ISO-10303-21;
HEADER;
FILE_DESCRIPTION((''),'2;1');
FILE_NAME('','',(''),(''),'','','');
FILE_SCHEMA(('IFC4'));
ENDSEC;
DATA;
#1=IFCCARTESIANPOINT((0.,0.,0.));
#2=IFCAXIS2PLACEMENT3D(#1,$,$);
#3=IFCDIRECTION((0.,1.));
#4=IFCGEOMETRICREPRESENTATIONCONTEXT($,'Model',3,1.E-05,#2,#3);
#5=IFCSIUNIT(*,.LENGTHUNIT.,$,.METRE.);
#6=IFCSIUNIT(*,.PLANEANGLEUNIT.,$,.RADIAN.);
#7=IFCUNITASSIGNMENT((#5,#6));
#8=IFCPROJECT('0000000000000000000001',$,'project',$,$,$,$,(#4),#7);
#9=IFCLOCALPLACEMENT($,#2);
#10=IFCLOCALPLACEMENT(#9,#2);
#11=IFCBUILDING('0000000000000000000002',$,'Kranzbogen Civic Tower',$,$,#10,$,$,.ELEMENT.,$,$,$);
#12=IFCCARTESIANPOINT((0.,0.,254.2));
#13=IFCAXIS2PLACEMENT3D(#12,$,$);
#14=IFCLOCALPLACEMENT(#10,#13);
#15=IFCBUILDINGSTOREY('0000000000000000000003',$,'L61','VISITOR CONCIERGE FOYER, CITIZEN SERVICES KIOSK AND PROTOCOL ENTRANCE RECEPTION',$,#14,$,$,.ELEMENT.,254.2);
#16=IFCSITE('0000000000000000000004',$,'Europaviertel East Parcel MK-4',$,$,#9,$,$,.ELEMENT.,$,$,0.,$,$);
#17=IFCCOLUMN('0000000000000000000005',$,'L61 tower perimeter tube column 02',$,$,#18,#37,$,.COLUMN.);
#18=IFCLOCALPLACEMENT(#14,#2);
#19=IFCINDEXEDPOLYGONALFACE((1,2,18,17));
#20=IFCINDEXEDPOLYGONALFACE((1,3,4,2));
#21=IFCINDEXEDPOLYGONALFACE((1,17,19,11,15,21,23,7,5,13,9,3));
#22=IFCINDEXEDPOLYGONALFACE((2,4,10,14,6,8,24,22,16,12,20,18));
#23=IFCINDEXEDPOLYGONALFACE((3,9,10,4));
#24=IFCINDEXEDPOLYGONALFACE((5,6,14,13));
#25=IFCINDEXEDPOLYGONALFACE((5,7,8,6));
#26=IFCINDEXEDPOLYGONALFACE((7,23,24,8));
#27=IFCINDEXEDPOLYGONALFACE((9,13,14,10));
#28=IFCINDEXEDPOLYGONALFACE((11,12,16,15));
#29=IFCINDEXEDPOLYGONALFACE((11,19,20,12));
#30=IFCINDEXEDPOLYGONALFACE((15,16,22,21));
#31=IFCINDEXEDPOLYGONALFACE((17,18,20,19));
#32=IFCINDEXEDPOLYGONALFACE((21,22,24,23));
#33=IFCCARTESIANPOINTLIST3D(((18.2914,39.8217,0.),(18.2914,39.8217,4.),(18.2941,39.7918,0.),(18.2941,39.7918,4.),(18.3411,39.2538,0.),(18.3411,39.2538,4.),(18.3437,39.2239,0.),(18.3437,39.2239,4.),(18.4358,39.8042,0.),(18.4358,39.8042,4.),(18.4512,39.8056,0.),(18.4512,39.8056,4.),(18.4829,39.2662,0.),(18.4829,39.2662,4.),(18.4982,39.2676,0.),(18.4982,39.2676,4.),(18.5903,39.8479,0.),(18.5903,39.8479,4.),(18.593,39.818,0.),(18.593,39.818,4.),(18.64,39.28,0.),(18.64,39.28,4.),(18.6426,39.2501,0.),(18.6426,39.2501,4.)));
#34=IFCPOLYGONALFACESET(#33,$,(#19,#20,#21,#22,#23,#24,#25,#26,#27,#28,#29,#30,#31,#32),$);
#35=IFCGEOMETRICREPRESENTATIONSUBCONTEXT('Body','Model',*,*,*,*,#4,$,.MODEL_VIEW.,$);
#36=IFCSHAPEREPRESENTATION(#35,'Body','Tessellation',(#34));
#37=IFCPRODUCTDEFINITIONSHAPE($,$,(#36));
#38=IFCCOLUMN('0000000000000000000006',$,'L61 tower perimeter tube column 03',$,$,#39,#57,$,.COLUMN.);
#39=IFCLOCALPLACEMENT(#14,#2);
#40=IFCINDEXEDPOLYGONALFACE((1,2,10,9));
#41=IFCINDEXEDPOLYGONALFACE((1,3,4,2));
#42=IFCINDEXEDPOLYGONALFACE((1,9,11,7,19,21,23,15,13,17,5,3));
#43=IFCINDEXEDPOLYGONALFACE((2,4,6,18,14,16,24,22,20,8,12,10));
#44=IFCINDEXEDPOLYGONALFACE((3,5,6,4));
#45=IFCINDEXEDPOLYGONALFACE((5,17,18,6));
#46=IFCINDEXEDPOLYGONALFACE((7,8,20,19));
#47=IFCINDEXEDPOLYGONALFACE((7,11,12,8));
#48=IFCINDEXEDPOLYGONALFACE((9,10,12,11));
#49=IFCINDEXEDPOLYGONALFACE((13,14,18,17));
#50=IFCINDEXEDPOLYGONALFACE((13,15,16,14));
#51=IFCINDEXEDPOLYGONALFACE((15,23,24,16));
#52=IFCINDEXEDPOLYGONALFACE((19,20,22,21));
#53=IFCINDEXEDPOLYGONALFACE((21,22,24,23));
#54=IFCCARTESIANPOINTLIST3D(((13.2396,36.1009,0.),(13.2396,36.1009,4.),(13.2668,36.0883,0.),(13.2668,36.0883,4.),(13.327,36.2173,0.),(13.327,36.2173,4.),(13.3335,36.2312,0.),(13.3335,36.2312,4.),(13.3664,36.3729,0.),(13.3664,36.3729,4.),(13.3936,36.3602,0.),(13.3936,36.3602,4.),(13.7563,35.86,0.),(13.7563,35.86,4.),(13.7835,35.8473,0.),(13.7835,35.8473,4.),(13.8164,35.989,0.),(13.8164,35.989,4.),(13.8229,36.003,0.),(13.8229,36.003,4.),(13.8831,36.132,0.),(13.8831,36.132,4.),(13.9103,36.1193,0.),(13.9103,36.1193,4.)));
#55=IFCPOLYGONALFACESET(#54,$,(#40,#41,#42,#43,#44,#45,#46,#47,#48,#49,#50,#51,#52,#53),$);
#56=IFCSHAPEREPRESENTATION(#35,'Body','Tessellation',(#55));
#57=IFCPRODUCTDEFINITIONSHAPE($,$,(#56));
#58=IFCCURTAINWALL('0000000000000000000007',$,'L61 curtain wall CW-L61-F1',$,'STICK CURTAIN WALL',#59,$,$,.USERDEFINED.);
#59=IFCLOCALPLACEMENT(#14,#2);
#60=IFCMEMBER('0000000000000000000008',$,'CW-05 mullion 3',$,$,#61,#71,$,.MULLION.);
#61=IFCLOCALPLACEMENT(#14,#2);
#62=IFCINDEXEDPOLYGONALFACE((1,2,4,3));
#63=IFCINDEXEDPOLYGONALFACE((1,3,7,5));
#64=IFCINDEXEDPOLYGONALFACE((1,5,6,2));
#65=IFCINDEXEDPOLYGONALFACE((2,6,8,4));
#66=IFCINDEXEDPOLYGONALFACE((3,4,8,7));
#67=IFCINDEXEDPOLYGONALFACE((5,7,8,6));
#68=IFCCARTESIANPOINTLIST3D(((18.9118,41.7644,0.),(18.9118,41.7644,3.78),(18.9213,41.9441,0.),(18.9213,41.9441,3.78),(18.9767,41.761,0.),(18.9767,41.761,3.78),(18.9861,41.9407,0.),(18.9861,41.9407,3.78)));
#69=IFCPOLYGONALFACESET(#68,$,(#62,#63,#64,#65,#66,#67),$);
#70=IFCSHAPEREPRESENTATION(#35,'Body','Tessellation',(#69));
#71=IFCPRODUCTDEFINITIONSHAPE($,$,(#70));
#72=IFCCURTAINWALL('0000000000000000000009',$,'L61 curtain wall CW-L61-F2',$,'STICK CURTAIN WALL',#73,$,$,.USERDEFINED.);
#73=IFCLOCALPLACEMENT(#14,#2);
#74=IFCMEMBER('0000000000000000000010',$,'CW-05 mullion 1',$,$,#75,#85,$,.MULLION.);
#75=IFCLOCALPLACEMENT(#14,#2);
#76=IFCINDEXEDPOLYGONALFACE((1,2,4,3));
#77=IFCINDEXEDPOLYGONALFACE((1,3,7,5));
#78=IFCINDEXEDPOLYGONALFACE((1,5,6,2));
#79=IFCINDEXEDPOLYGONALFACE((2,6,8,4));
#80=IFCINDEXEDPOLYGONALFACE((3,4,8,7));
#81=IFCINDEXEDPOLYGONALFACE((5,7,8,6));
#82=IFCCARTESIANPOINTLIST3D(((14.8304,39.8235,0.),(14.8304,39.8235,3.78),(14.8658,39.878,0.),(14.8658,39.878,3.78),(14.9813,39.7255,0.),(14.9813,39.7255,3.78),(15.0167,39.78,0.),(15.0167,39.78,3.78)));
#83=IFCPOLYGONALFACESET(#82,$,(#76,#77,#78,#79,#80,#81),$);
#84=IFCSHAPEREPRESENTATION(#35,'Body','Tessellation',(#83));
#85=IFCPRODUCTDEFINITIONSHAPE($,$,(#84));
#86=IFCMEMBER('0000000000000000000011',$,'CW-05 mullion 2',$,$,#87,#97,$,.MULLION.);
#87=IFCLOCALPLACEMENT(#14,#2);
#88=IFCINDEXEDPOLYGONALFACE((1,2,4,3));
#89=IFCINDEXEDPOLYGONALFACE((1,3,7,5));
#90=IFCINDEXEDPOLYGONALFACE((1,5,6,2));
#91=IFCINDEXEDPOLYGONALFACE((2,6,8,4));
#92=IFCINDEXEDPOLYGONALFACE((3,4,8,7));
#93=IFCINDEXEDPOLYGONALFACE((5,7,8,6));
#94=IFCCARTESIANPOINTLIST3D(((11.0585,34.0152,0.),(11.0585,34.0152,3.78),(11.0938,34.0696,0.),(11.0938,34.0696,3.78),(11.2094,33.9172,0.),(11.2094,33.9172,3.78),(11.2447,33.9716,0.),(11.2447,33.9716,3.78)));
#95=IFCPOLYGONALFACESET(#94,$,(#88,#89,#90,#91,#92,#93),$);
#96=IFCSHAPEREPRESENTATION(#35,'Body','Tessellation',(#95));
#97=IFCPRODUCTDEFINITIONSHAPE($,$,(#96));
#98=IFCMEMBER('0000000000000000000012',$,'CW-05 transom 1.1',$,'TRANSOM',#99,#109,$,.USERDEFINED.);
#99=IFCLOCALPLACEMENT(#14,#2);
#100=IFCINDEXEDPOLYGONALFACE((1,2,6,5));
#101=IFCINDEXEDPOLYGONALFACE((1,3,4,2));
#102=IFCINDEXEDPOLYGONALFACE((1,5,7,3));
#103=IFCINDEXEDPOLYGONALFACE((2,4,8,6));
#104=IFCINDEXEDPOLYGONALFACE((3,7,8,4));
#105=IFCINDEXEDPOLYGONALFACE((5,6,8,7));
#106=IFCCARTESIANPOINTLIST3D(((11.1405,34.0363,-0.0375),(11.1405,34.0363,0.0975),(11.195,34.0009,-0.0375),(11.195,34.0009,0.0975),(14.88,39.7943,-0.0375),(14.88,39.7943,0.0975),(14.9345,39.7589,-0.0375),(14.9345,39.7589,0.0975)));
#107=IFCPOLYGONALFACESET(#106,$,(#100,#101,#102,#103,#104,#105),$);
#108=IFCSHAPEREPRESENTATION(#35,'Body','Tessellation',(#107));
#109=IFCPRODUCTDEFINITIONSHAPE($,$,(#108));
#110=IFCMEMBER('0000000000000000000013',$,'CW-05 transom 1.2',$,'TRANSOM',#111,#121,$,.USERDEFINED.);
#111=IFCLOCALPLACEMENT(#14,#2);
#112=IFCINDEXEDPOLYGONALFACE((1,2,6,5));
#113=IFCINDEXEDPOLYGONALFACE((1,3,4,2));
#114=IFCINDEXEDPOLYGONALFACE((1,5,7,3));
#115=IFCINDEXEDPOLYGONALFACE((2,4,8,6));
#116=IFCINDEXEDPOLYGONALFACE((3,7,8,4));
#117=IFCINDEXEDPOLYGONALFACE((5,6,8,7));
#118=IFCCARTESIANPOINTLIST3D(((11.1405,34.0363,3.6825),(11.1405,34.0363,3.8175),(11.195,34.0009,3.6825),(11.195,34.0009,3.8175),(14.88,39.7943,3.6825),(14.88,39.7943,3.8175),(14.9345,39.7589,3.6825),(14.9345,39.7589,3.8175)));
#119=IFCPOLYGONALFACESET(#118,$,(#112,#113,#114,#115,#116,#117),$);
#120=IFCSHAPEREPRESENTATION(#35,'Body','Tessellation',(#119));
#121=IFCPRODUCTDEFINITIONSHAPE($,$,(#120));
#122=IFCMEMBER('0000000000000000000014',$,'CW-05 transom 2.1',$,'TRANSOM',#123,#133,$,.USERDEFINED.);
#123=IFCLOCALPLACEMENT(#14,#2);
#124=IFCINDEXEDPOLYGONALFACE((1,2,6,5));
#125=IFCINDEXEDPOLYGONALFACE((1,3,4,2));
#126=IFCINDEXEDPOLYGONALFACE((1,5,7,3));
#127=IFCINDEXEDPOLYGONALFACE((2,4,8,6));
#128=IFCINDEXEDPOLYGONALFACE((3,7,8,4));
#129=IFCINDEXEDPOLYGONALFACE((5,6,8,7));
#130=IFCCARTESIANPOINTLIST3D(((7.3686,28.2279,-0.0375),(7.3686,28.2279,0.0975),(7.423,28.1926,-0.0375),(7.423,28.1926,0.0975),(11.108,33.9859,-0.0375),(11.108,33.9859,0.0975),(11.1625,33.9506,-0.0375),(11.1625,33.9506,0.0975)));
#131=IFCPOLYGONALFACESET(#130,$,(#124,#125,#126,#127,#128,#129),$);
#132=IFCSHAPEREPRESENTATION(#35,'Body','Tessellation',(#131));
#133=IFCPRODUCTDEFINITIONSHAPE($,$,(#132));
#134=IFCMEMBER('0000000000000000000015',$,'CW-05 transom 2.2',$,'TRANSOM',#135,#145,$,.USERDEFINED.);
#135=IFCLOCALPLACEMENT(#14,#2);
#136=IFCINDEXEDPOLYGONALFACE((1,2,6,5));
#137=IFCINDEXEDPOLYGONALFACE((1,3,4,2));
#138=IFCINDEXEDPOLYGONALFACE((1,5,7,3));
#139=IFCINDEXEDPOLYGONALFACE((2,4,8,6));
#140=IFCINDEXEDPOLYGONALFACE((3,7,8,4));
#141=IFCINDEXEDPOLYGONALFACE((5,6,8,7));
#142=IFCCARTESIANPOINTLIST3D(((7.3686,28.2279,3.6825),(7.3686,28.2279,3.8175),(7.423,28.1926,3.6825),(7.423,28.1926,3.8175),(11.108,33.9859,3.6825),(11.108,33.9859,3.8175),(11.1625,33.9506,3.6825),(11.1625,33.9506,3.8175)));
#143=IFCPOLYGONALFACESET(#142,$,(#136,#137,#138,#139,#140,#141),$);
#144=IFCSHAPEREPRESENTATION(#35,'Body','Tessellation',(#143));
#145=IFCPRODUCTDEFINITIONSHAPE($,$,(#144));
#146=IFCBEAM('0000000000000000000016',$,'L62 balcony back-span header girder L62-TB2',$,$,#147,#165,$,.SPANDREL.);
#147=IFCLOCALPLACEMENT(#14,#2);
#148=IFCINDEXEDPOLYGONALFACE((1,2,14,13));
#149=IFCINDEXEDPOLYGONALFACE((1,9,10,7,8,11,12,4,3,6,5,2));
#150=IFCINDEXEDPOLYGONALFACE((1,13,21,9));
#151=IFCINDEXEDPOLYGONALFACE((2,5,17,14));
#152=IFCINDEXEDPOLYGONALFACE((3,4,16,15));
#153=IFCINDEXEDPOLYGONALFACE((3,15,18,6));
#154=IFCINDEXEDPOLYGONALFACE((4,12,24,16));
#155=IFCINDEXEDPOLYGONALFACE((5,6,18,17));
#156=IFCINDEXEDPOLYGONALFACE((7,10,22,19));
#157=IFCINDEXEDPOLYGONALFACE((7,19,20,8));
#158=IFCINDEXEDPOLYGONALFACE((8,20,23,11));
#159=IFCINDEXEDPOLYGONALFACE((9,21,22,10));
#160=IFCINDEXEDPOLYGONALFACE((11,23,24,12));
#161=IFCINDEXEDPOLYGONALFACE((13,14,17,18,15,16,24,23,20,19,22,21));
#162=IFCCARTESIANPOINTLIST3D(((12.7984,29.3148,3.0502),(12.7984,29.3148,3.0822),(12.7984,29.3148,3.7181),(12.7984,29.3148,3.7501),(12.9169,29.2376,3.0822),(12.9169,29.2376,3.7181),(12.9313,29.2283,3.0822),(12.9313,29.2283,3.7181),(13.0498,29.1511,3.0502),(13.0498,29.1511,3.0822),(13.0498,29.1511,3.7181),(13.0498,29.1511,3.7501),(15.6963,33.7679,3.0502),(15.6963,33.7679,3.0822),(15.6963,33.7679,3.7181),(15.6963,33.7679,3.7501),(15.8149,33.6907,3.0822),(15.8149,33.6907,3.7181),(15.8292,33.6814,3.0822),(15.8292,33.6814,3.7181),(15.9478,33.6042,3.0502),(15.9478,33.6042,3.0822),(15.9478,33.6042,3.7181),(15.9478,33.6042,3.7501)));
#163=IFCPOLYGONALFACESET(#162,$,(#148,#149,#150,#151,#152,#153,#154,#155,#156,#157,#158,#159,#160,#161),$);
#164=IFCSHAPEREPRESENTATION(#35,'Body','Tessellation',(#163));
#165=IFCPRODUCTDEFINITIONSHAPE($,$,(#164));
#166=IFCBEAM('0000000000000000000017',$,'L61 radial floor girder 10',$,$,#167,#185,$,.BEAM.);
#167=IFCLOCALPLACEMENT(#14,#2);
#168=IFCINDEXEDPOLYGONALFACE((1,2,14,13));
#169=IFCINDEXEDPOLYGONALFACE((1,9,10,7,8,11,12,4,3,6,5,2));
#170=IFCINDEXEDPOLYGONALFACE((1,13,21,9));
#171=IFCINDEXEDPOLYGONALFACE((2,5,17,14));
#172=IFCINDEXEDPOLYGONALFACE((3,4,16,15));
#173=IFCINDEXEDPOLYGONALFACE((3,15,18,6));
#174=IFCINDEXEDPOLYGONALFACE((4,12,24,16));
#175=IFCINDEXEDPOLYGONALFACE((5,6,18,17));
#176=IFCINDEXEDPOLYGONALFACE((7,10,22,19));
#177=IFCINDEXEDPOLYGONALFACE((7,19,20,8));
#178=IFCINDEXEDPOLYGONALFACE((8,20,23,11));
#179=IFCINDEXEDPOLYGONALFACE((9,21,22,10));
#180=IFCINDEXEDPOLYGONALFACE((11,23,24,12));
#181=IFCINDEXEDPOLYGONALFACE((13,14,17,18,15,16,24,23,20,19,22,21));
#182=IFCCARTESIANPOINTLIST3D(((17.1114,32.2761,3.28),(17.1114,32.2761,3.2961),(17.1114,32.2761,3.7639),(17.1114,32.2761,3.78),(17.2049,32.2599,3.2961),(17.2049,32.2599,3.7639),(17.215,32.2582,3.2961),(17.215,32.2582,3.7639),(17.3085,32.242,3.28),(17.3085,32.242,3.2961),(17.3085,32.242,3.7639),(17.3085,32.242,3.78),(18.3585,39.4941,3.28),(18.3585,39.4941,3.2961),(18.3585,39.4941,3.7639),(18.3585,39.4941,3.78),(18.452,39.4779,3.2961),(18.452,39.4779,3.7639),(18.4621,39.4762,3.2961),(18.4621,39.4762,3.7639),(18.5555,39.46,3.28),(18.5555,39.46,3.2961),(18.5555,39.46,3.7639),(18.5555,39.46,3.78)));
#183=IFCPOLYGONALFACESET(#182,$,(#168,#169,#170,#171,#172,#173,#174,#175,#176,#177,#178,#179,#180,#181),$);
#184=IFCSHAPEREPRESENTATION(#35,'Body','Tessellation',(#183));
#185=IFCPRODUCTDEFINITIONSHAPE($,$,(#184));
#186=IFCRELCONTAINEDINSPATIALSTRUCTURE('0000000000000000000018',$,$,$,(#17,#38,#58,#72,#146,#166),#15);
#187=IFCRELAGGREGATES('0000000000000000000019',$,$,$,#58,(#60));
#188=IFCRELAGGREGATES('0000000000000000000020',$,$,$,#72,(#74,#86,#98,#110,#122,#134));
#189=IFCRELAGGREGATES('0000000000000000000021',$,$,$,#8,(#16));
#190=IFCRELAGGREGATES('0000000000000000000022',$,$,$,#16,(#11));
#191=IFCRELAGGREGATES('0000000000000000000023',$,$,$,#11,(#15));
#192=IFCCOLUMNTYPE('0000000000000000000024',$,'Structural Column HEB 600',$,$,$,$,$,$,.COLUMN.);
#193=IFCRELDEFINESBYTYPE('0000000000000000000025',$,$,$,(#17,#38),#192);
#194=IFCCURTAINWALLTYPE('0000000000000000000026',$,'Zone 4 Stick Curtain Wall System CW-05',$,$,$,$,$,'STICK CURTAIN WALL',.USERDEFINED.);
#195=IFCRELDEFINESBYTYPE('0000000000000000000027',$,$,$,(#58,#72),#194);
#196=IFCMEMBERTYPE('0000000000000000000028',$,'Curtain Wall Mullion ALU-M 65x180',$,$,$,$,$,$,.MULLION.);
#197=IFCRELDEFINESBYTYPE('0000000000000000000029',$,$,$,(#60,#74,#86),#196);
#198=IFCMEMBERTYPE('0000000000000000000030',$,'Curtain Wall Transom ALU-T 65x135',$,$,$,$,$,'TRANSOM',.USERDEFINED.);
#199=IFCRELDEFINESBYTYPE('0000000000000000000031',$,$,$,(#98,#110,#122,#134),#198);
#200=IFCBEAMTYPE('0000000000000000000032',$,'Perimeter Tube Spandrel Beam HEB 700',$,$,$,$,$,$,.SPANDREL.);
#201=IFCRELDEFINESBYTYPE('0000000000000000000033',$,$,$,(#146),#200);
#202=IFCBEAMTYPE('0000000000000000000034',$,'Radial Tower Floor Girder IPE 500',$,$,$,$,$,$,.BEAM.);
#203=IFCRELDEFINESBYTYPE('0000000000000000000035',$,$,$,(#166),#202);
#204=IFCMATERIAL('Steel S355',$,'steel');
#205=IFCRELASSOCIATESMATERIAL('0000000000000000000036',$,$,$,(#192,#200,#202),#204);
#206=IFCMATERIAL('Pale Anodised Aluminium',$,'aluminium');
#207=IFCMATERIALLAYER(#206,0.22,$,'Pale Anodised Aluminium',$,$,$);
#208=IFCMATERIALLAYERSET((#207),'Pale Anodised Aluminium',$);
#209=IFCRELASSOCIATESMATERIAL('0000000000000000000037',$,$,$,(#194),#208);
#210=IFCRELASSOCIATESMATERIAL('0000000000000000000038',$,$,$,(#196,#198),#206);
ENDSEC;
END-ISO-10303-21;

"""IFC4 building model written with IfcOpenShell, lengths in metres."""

from ifc_helpers import new_model, si_unit, direction, frame, origin, origin_2d, place, context, subcontext, project, spatial, rectangle, i_section, extrude, material, layer, layer_set, material_profile, profile_set, type_object, element, aggregate, save


model = new_model("IFC4")

# Units and contexts
model_context = context("Model", 3, precision=1e-05, world=origin(), true_north=direction((0.0, 1.0)))
body_context = subcontext(model_context, "Body", "Model", "MODEL_VIEW")
ifc_project = project(units=[si_unit("LENGTHUNIT", "METRE"), si_unit("PLANEANGLEUNIT", "RADIAN")], contexts=[model_context])

# Site, building, storey
site_placement = place(None, origin())
site = spatial("IfcSite", under=ifc_project, at=site_placement, Name="Europaviertel East Parcel MK-4", CompositionType="ELEMENT", RefElevation=0.0)
building_placement = place(site_placement, origin())
building = spatial("IfcBuilding", under=site, at=building_placement, Name="Kranzbogen Civic Tower", CompositionType="ELEMENT")
storey_placement = place(building_placement, frame((0.0, 0.0, 254.2)))
storey = spatial("IfcBuildingStorey", under=building, at=storey_placement, Name="L61", Description="VISITOR CONCIERGE FOYER, CITIZEN SERVICES KIOSK AND PROTOCOL ENTRANCE RECEPTION", CompositionType="ELEMENT", Elevation=254.2)

# Columns
ifc_material_1 = material(Name="Steel S355", Category="steel")
ifc_material_profile_1 = material_profile(ifc_material_1, i_section(OverallWidth=0.3, OverallDepth=0.6001, WebThickness=0.0154, FlangeThickness=0.03, at=origin_2d()), Name="HEB 600")
ifc_profile_set_1 = profile_set([ifc_material_profile_1], Name="Steel S355")
column_type = type_object("IfcColumnType", Name="Structural Column HEB 600", PredefinedType="COLUMN", material=ifc_profile_set_1)
for number, where, z_axis, x_axis, name in (
    (1, (18.467, 39.5359, 0.0), (0.0, 0.0, 1.0), (0.996195, 0.087156, 0.0), "L61 tower perimeter tube column 02"),
    (2, (13.575, 36.1101, 0.0), (0.0, 0.0, 1.0), (0.422618, 0.906308, 0.0), "L61 tower perimeter tube column 03"),
):
    element("IfcColumn", number, at=place(storey_placement, frame(where, z_axis=z_axis, x_axis=x_axis)), inside=storey, type_object=column_type, Name=name, PredefinedType="COLUMN", context=body_context, shape_type="SweptSolid", body=[
        extrude(i_section(OverallWidth=0.3, OverallDepth=0.6001, WebThickness=0.0154, FlangeThickness=0.03, at=origin_2d()), origin(), (0.0, 0.0, 1.0), 4.0),
    ])

# Curtain wall, member
ifc_material_2 = material(Name="Pale Anodised Aluminium", Category="aluminium")
ifc_layer_1 = layer(ifc_material_2, 0.22, Name="Pale Anodised Aluminium")
ifc_layer_set_1 = layer_set([ifc_layer_1], Name="Pale Anodised Aluminium")
curtain_wall_type = type_object("IfcCurtainWallType", Name="Zone 4 Stick Curtain Wall System CW-05", ElementType="STICK CURTAIN WALL", PredefinedType="USERDEFINED", material=ifc_layer_set_1)
curtain_wall_1_placement = place(storey_placement, origin())
curtain_wall_1 = element("IfcCurtainWall", 3, at=curtain_wall_1_placement, inside=storey, type_object=curtain_wall_type, Name="L61 curtain wall CW-L61-F1", ObjectType="STICK CURTAIN WALL", PredefinedType="USERDEFINED")
ifc_material_profile_2 = material_profile(ifc_material_2, rectangle(XDim=0.0649, YDim=0.1799, at=origin_2d()), Name="ALU-M 65x180")
ifc_profile_set_2 = profile_set([ifc_material_profile_2], Name="Pale Anodised Aluminium")
member_type_1 = type_object("IfcMemberType", Name="Curtain Wall Mullion ALU-M 65x180", PredefinedType="MULLION", material=ifc_profile_set_2)
member_1_placement = place(storey_placement, frame((18.949, 41.8525, 0.0), z_axis=(0.0, 0.0, 1.0), x_axis=(-0.99863, 0.052336, 0.0)))
member_1 = element("IfcMember", 4, at=member_1_placement, type_object=member_type_1, Name="CW-05 mullion 3", PredefinedType="MULLION", context=body_context, shape_type="SweptSolid", body=[
    extrude(rectangle(XDim=0.0649, YDim=0.1799, at=origin_2d()), origin(), (0.0, 0.0, 1.0), 3.78),
])

# Curtain wall, members
curtain_wall_2_placement = place(storey_placement, origin())
curtain_wall_2 = element("IfcCurtainWall", 5, at=curtain_wall_2_placement, inside=storey, type_object=curtain_wall_type, Name="L61 curtain wall CW-L61-F2", ObjectType="STICK CURTAIN WALL", PredefinedType="USERDEFINED")
member_2_placement = place(storey_placement, frame((14.9236, 39.8018, 0.0), z_axis=(0.0, 0.0, 1.0), x_axis=(-0.544657, -0.838659, 0.0)))
member_2 = element("IfcMember", 6, at=member_2_placement, type_object=member_type_1, Name="CW-05 mullion 1", PredefinedType="MULLION", context=body_context, shape_type="SweptSolid", body=[
    extrude(rectangle(XDim=0.0649, YDim=0.1799, at=origin_2d()), origin(), (0.0, 0.0, 1.0), 3.78),
])
member_3_placement = place(storey_placement, frame((11.1516, 33.9934, 0.0), z_axis=(0.0, 0.0, 1.0), x_axis=(-0.544657, -0.838659, 0.0)))
member_3 = element("IfcMember", 7, at=member_3_placement, type_object=member_type_1, Name="CW-05 mullion 2", PredefinedType="MULLION", context=body_context, shape_type="SweptSolid", body=[
    extrude(rectangle(XDim=0.0649, YDim=0.1799, at=origin_2d()), origin(), (0.0, 0.0, 1.0), 3.78),
])
ifc_material_profile_3 = material_profile(ifc_material_2, rectangle(XDim=0.0649, YDim=0.135, at=origin_2d()), Name="ALU-T 65x135")
ifc_profile_set_3 = profile_set([ifc_material_profile_3], Name="Pale Anodised Aluminium")
member_type_2 = type_object("IfcMemberType", Name="Curtain Wall Transom ALU-T 65x135", ElementType="TRANSOM", PredefinedType="USERDEFINED", material=ifc_profile_set_3)
member_4_placement = place(storey_placement, frame((14.9072, 39.7766, 0.03), z_axis=(-0.544657, -0.838659, 0.0), x_axis=(0.838659, -0.544657, 0.0)))
member_4 = element("IfcMember", 8, at=member_4_placement, type_object=member_type_2, Name="CW-05 transom 1.1", ObjectType="TRANSOM", PredefinedType="USERDEFINED", context=body_context, shape_type="SweptSolid", body=[
    extrude(rectangle(XDim=0.0649, YDim=0.135, at=origin_2d()), origin(), (0.0, 0.0, 1.0), 6.8657),
])
member_5_placement = place(storey_placement, frame((14.9072, 39.7766, 3.75), z_axis=(-0.544657, -0.838659, 0.0), x_axis=(0.838659, -0.544657, 0.0)))
member_5 = element("IfcMember", 9, at=member_5_placement, type_object=member_type_2, Name="CW-05 transom 1.2", ObjectType="TRANSOM", PredefinedType="USERDEFINED", context=body_context, shape_type="SweptSolid", body=[
    extrude(rectangle(XDim=0.0649, YDim=0.135, at=origin_2d()), origin(), (0.0, 0.0, 1.0), 6.8657),
])
member_6_placement = place(storey_placement, frame((11.1353, 33.9683, 0.03), z_axis=(-0.544657, -0.838659, 0.0), x_axis=(0.838659, -0.544657, 0.0)))
member_6 = element("IfcMember", 10, at=member_6_placement, type_object=member_type_2, Name="CW-05 transom 2.1", ObjectType="TRANSOM", PredefinedType="USERDEFINED", context=body_context, shape_type="SweptSolid", body=[
    extrude(rectangle(XDim=0.0649, YDim=0.135, at=origin_2d()), origin(), (0.0, 0.0, 1.0), 6.8657),
])
member_7_placement = place(storey_placement, frame((11.1353, 33.9683, 3.75), z_axis=(-0.544657, -0.838659, 0.0), x_axis=(0.838659, -0.544657, 0.0)))
member_7 = element("IfcMember", 11, at=member_7_placement, type_object=member_type_2, Name="CW-05 transom 2.2", ObjectType="TRANSOM", PredefinedType="USERDEFINED", context=body_context, shape_type="SweptSolid", body=[
    extrude(rectangle(XDim=0.0649, YDim=0.135, at=origin_2d()), origin(), (0.0, 0.0, 1.0), 6.8657),
])

# Beams
ifc_material_profile_4 = material_profile(ifc_material_1, i_section(OverallWidth=0.3, OverallDepth=0.7, WebThickness=0.0171, FlangeThickness=0.032, at=origin_2d()), Name="HEB 700")
ifc_profile_set_4 = profile_set([ifc_material_profile_4], Name="Steel S355")
beam_type_1 = type_object("IfcBeamType", Name="Perimeter Tube Spandrel Beam HEB 700", PredefinedType="SPANDREL", material=ifc_profile_set_4)
beam_1_placement = place(storey_placement, frame((15.822, 33.686, 3.4001), z_axis=(-0.545441, -0.83815, 0.0), x_axis=(0.83815, -0.545441, 0.0)))
element("IfcBeam", 12, at=beam_1_placement, inside=storey, type_object=beam_type_1, Name="L62 balcony back-span header girder L62-TB2", PredefinedType="SPANDREL", context=body_context, shape_type="SweptSolid", body=[
    extrude(i_section(OverallWidth=0.3, OverallDepth=0.7, WebThickness=0.0171, FlangeThickness=0.032, at=origin_2d()), origin(), (0.0, 0.0, 1.0), 5.313),
])
ifc_material_profile_5 = material_profile(ifc_material_1, i_section(OverallWidth=0.2, OverallDepth=0.5, WebThickness=0.0103, FlangeThickness=0.0161, at=origin_2d()), Name="IPE 500")
ifc_profile_set_5 = profile_set([ifc_material_profile_5], Name="Steel S355")
beam_type_2 = type_object("IfcBeamType", Name="Radial Tower Floor Girder IPE 500", PredefinedType="BEAM", material=ifc_profile_set_5)
beam_2_placement = place(storey_placement, frame((18.457, 39.4771, 3.53), z_axis=(-0.17025, -0.985401, 0.0), x_axis=(0.985401, -0.17025, 0.0)))
element("IfcBeam", 13, at=beam_2_placement, inside=storey, type_object=beam_type_2, Name="L61 radial floor girder 10", PredefinedType="BEAM", context=body_context, shape_type="SweptSolid", body=[
    extrude(i_section(OverallWidth=0.2, OverallDepth=0.5, WebThickness=0.0103, FlangeThickness=0.0161, at=origin_2d()), origin(), (0.0, 0.0, 1.0), 7.325),
])

aggregate(curtain_wall_1, [member_1])
aggregate(curtain_wall_2, [member_2, member_3, member_4, member_5, member_6, member_7])

save(model, "model.ifc")
